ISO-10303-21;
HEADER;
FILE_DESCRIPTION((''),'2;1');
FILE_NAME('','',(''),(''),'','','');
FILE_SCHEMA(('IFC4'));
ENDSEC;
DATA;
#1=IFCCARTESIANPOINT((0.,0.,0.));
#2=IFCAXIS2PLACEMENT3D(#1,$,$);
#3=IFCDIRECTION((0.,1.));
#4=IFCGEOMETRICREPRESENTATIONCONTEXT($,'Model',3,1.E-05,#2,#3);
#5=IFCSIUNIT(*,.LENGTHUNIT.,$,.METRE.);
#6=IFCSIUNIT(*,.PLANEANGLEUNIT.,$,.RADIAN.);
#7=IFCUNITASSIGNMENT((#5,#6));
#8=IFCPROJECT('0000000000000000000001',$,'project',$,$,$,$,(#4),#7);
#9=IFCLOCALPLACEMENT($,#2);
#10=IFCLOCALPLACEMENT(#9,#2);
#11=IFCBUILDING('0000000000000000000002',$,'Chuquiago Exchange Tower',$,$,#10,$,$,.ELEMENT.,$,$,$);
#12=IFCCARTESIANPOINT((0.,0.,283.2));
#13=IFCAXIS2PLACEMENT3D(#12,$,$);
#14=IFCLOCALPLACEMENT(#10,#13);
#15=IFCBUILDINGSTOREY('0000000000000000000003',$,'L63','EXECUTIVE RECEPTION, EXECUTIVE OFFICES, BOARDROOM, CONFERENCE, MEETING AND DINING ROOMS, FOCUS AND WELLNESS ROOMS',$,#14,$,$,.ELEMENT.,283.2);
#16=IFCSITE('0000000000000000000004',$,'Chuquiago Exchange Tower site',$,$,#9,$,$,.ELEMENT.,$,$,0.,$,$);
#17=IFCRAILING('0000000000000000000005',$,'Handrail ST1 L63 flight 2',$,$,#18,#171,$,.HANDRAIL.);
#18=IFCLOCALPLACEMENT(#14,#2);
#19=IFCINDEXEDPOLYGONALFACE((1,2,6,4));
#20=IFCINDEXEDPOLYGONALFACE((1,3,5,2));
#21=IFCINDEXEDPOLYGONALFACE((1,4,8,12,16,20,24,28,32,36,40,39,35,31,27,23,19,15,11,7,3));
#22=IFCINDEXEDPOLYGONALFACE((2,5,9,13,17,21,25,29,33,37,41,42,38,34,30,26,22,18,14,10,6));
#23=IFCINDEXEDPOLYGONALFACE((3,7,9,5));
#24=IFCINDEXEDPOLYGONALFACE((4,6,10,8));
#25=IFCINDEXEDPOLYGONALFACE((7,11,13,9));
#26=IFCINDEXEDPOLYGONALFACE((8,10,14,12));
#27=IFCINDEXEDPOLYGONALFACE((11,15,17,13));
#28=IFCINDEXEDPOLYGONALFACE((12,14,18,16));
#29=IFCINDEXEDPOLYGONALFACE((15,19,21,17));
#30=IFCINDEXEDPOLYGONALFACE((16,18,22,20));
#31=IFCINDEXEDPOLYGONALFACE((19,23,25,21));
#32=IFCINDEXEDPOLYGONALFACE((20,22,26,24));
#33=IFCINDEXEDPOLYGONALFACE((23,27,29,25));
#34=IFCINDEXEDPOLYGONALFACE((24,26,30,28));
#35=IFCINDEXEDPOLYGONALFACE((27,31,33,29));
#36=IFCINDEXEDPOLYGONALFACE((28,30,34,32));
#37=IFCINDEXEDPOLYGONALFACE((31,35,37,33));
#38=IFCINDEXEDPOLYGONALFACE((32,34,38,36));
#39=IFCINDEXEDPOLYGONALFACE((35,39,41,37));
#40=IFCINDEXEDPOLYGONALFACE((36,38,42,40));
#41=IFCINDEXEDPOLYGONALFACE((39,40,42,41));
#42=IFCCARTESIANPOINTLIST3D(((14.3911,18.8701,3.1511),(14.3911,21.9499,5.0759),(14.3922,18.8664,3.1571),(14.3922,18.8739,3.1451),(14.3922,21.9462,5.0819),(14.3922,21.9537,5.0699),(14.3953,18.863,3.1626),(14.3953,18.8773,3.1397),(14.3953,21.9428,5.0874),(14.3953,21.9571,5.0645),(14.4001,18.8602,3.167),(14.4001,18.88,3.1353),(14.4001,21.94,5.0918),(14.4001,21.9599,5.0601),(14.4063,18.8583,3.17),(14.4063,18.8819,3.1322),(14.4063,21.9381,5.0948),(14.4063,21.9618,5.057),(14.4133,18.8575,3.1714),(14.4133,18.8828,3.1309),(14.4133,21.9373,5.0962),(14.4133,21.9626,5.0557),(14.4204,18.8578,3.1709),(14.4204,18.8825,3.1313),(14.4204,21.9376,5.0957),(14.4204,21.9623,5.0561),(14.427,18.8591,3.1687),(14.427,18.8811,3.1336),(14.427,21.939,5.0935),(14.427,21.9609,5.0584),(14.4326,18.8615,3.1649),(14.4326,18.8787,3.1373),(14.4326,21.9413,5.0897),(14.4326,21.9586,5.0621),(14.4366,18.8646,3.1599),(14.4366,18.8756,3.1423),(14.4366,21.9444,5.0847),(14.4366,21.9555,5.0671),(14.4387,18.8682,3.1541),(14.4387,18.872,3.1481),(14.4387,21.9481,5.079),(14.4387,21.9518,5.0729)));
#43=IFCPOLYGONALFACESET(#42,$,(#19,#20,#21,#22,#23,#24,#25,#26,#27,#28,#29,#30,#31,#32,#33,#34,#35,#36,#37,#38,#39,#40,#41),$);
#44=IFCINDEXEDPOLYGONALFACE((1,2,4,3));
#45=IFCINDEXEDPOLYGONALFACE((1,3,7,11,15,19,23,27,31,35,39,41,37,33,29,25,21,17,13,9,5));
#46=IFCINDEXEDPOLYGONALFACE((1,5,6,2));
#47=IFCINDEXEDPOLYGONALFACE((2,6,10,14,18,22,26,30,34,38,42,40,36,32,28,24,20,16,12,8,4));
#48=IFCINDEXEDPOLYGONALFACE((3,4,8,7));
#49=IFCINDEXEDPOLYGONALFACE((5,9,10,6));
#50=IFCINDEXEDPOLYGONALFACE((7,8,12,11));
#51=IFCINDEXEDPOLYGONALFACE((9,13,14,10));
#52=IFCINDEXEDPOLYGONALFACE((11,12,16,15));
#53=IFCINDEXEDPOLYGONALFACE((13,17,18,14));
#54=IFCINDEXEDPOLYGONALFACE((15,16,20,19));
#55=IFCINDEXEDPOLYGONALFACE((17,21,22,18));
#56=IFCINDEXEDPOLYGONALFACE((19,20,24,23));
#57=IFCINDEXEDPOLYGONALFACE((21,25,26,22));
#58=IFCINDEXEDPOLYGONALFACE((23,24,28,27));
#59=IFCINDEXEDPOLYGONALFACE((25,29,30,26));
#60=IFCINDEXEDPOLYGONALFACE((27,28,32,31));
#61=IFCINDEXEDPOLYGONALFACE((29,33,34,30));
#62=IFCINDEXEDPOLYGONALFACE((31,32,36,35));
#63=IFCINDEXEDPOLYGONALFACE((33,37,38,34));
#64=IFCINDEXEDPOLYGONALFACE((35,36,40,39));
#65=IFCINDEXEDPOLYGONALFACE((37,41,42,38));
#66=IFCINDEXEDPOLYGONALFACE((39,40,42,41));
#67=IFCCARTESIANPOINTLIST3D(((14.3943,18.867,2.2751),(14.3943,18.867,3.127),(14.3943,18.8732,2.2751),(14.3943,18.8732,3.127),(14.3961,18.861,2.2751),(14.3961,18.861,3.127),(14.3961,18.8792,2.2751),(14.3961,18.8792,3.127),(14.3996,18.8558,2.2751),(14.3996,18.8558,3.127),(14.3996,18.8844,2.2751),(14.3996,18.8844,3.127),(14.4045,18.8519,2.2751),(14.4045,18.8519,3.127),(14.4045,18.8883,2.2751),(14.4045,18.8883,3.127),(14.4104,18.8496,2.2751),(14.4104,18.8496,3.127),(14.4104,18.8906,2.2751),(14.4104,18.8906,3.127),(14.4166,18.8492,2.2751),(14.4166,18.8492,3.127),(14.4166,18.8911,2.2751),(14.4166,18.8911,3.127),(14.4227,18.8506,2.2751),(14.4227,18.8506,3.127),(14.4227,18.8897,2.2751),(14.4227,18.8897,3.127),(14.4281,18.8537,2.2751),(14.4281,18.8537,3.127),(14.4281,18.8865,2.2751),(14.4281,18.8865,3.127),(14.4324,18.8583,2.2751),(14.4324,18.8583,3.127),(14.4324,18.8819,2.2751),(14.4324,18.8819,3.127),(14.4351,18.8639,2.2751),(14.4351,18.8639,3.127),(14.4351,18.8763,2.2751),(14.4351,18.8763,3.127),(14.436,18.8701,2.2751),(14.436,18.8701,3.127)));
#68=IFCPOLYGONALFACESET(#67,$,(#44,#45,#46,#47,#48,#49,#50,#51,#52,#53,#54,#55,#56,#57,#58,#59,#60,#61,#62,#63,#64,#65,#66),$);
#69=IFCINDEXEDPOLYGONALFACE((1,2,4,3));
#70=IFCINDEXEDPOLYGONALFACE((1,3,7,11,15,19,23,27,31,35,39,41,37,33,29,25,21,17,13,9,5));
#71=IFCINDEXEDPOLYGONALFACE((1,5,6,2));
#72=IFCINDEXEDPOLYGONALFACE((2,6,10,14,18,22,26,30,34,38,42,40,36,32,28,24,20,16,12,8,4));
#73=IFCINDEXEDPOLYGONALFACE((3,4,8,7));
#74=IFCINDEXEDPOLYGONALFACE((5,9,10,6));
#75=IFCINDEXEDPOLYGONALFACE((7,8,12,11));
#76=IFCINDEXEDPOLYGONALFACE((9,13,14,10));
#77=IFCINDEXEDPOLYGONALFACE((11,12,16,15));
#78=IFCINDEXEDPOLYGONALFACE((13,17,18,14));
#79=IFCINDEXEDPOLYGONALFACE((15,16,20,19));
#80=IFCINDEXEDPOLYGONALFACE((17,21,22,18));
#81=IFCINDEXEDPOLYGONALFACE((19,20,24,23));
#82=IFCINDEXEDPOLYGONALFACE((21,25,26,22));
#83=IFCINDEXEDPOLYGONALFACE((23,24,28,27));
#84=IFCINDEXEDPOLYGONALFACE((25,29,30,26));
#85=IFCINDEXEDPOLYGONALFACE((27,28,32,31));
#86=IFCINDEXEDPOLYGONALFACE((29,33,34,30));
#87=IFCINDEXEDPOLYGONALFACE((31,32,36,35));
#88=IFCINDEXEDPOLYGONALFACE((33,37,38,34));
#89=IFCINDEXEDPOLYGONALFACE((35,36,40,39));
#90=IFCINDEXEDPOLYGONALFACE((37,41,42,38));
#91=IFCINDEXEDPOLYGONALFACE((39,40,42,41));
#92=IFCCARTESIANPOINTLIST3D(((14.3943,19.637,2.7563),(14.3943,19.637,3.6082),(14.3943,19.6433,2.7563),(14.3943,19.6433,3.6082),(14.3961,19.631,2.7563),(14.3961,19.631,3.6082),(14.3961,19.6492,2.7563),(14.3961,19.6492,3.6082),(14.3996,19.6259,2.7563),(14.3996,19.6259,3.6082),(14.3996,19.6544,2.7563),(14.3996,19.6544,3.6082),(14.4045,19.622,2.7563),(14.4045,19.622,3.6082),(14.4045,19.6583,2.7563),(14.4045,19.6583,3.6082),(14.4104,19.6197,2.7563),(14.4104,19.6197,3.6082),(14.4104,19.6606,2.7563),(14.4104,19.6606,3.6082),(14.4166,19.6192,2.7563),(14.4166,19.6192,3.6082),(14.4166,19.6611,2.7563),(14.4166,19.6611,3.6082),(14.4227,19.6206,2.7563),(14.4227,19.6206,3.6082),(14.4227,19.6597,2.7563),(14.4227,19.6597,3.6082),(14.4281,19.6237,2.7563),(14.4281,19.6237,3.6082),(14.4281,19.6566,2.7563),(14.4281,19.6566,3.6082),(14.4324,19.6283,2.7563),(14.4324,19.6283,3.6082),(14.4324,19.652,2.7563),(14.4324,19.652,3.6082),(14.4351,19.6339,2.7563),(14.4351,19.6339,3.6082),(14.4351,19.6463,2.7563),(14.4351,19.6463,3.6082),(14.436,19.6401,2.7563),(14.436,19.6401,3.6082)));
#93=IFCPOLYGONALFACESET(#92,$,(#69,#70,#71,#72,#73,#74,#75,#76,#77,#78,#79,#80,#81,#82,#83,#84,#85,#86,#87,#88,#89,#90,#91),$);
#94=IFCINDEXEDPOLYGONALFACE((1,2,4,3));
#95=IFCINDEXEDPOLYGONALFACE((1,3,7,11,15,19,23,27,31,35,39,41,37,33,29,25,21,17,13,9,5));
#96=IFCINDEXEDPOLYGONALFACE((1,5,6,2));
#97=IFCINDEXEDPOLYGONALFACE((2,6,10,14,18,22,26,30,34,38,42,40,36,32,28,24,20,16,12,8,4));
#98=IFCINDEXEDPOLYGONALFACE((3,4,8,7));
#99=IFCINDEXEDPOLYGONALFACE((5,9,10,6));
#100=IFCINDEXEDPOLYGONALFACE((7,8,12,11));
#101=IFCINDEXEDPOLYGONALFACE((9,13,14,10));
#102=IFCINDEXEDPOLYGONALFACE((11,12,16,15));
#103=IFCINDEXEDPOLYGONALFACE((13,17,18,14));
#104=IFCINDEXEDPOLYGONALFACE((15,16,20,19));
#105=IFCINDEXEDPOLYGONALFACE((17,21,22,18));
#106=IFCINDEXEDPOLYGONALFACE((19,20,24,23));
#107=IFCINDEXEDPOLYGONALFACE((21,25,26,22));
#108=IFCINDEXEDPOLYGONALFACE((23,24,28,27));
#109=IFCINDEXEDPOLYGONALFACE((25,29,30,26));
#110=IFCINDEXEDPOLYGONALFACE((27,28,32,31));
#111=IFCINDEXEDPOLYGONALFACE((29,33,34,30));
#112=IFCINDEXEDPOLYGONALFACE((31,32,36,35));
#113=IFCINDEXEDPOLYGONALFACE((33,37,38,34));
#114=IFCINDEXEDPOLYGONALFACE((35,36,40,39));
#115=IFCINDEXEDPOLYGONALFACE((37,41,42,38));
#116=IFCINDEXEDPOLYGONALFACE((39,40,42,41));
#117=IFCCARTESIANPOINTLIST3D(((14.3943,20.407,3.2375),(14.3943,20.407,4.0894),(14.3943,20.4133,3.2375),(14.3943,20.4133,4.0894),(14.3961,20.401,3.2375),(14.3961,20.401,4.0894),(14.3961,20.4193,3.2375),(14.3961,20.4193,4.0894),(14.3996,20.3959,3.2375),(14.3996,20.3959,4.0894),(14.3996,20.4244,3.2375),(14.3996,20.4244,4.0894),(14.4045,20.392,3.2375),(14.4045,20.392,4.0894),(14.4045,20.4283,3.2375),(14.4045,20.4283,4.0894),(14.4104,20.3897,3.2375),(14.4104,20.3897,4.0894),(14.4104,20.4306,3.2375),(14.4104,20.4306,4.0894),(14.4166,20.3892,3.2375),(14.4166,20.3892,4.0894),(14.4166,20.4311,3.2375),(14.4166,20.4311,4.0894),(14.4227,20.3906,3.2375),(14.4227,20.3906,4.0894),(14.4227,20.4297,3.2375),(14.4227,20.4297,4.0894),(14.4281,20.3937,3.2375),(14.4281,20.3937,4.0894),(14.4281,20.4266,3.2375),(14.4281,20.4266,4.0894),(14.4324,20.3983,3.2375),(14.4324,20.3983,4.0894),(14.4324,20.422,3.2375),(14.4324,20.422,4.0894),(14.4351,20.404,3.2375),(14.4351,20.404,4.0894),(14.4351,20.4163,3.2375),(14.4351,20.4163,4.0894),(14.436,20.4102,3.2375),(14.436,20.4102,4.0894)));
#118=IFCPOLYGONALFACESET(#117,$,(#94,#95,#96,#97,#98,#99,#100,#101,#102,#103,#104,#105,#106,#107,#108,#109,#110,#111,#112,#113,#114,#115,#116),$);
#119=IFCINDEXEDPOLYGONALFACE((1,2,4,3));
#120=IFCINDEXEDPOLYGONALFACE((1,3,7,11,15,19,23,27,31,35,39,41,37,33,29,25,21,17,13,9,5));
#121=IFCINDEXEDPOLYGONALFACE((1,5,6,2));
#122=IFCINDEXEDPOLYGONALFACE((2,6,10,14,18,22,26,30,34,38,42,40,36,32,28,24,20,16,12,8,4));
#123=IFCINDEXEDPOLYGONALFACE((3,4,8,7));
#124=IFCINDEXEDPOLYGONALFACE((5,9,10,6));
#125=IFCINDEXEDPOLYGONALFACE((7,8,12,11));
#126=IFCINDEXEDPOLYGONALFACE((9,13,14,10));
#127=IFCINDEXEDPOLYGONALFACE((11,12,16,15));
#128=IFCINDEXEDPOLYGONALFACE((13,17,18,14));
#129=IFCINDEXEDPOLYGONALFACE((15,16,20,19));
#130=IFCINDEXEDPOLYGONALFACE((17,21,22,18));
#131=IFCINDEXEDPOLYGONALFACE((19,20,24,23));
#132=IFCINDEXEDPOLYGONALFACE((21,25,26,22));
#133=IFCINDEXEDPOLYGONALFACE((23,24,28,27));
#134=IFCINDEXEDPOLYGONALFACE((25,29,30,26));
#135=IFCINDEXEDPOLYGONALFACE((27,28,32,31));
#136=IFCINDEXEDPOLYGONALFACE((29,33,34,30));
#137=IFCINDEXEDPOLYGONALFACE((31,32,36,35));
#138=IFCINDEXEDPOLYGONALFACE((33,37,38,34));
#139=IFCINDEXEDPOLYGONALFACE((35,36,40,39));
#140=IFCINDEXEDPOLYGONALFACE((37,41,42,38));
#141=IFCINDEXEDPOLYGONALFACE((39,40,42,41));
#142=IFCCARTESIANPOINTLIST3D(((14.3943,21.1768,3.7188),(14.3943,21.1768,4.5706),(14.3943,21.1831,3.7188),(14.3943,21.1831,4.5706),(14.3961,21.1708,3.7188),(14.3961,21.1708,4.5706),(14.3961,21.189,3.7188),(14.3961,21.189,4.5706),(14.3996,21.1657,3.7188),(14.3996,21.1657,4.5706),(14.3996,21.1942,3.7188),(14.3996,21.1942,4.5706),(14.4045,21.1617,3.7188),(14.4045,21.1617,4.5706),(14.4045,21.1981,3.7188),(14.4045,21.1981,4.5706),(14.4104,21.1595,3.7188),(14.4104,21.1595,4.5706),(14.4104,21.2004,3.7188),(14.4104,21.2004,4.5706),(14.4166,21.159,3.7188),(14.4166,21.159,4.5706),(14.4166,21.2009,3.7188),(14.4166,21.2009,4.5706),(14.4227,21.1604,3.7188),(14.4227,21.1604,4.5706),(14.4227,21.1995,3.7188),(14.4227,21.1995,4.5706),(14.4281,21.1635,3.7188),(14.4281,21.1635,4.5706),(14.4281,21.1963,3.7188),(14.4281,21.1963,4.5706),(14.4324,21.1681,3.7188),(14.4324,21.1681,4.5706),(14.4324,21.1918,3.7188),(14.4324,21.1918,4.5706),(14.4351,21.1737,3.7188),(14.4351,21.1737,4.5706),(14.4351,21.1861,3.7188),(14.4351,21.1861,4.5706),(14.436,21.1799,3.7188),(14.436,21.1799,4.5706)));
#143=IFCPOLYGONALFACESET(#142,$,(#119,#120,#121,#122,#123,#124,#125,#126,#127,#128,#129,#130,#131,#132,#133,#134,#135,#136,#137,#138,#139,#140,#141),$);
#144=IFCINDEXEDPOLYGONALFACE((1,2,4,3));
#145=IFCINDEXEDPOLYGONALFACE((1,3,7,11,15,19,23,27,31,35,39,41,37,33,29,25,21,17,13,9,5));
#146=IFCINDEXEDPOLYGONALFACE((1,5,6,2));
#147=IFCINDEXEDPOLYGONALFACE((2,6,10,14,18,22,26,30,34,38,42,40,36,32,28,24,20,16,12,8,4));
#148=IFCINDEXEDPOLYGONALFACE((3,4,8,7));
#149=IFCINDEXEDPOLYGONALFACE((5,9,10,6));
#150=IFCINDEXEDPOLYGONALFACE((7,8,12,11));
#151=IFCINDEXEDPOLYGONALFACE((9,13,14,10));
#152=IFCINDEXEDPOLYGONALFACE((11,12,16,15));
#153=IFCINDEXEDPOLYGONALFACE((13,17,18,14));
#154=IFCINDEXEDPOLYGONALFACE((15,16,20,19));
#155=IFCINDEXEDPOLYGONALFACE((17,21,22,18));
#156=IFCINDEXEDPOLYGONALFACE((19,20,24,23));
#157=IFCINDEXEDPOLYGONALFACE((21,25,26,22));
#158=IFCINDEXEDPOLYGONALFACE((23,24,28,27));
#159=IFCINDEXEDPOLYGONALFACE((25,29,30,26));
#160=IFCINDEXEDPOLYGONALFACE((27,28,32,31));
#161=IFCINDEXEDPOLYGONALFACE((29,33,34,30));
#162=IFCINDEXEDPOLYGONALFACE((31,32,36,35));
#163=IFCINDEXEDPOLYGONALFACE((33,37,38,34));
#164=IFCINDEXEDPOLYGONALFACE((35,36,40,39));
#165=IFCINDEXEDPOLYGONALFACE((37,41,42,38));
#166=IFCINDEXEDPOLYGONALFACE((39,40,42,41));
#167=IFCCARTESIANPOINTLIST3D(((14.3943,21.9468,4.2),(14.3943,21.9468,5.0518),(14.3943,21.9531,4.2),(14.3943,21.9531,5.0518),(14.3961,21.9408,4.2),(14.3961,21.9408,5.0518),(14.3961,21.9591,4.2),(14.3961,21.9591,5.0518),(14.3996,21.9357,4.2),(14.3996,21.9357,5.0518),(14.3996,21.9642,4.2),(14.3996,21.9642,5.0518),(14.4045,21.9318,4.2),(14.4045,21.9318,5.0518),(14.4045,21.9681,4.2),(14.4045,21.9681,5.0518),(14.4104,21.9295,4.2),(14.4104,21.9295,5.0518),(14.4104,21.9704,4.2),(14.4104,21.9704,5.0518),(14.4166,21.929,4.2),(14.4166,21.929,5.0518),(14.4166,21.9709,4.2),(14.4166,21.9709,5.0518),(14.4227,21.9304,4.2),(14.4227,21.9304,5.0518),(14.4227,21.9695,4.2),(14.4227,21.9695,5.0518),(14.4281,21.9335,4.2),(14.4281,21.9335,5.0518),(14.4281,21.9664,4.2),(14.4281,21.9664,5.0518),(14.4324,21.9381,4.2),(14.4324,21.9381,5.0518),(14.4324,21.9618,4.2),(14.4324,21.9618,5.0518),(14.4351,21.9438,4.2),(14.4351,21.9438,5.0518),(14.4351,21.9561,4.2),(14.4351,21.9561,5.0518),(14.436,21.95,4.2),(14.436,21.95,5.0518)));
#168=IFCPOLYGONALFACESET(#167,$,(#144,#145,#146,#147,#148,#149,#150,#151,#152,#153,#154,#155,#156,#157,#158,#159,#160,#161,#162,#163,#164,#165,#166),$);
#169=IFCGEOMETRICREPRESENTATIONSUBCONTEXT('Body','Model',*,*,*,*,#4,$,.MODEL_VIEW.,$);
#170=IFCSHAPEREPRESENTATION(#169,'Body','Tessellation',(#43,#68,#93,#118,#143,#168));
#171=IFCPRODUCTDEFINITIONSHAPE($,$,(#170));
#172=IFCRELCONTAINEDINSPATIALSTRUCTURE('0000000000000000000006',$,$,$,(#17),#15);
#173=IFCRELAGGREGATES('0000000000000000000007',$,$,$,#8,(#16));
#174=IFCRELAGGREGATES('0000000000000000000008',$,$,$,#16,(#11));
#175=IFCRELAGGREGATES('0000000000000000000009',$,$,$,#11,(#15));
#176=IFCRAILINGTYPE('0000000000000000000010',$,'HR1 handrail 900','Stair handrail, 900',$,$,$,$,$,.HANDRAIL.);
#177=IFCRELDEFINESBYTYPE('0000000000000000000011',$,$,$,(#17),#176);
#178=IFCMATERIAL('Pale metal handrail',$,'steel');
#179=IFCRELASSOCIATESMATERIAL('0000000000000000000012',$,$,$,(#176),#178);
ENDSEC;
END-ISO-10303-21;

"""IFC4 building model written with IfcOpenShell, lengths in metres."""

from ifc_helpers import new_model, si_unit, direction, frame, origin, origin_2d, place, context, subcontext, project, spatial, circle, extrude, material, type_object, element, save


model = new_model("IFC4")

# Units and contexts
model_context = context("Model", 3, precision=1e-05, world=origin(), true_north=direction((0.0, 1.0)))
body_context = subcontext(model_context, "Body", "Model", "MODEL_VIEW")
ifc_project = project(units=[si_unit("LENGTHUNIT", "METRE"), si_unit("PLANEANGLEUNIT", "RADIAN")], contexts=[model_context])

# Site, building, storey
site_placement = place(None, origin())
site = spatial("IfcSite", under=ifc_project, at=site_placement, Name="Chuquiago Exchange Tower site", CompositionType="ELEMENT", RefElevation=0.0)
building_placement = place(site_placement, origin())
building = spatial("IfcBuilding", under=site, at=building_placement, Name="Chuquiago Exchange Tower", CompositionType="ELEMENT")
storey_placement = place(building_placement, frame((0.0, 0.0, 283.2)))
storey = spatial("IfcBuildingStorey", under=building, at=storey_placement, Name="L63", Description="EXECUTIVE RECEPTION, EXECUTIVE OFFICES, BOARDROOM, CONFERENCE, MEETING AND DINING ROOMS, FOCUS AND WELLNESS ROOMS", CompositionType="ELEMENT", Elevation=283.2)

# Railing
ifc_material_1 = material(Name="Pale metal handrail", Category="steel")
railing_type_1 = type_object("IfcRailingType", Name="HR1 handrail 900", Description="Stair handrail, 900", PredefinedType="HANDRAIL", material=ifc_material_1)
for number, where, name in (
    (1, (14.415, 18.8701, 2.2751), "Handrail ST1 L63 flight 2"),
):
    element("IfcRailing", number, at=place(storey_placement, frame(where)), inside=storey, type_object=railing_type_1, Name=name, PredefinedType="HANDRAIL", context=body_context, shape_type="SweptSolid", body=[
        extrude(circle(Radius=0.0239, at=origin_2d()), frame((0.0, 0.0, 0.876), z_axis=(0.0, 0.84801, 0.529981), x_axis=(-1.0, 0.0, 0.0)), (0.0, 0.0, 1.0), 3.6318),
        extrude(circle(Radius=0.021, at=origin_2d()), origin(), (0.0, 0.0, 1.0), 0.8518),
        extrude(circle(Radius=0.021, at=origin_2d()), frame((0.0, 0.77, 0.4812)), (0.0, 0.0, 1.0), 0.8518),
        extrude(circle(Radius=0.021, at=origin_2d()), frame((0.0, 1.54, 0.9624)), (0.0, 0.0, 1.0), 0.8518),
        extrude(circle(Radius=0.021, at=origin_2d()), frame((0.0, 2.3098, 1.4436)), (0.0, 0.0, 1.0), 0.8518),
        extrude(circle(Radius=0.021, at=origin_2d()), frame((0.0, 3.0798, 1.9248)), (0.0, 0.0, 1.0), 0.8518),
    ])

save(model, "model.ifc")
